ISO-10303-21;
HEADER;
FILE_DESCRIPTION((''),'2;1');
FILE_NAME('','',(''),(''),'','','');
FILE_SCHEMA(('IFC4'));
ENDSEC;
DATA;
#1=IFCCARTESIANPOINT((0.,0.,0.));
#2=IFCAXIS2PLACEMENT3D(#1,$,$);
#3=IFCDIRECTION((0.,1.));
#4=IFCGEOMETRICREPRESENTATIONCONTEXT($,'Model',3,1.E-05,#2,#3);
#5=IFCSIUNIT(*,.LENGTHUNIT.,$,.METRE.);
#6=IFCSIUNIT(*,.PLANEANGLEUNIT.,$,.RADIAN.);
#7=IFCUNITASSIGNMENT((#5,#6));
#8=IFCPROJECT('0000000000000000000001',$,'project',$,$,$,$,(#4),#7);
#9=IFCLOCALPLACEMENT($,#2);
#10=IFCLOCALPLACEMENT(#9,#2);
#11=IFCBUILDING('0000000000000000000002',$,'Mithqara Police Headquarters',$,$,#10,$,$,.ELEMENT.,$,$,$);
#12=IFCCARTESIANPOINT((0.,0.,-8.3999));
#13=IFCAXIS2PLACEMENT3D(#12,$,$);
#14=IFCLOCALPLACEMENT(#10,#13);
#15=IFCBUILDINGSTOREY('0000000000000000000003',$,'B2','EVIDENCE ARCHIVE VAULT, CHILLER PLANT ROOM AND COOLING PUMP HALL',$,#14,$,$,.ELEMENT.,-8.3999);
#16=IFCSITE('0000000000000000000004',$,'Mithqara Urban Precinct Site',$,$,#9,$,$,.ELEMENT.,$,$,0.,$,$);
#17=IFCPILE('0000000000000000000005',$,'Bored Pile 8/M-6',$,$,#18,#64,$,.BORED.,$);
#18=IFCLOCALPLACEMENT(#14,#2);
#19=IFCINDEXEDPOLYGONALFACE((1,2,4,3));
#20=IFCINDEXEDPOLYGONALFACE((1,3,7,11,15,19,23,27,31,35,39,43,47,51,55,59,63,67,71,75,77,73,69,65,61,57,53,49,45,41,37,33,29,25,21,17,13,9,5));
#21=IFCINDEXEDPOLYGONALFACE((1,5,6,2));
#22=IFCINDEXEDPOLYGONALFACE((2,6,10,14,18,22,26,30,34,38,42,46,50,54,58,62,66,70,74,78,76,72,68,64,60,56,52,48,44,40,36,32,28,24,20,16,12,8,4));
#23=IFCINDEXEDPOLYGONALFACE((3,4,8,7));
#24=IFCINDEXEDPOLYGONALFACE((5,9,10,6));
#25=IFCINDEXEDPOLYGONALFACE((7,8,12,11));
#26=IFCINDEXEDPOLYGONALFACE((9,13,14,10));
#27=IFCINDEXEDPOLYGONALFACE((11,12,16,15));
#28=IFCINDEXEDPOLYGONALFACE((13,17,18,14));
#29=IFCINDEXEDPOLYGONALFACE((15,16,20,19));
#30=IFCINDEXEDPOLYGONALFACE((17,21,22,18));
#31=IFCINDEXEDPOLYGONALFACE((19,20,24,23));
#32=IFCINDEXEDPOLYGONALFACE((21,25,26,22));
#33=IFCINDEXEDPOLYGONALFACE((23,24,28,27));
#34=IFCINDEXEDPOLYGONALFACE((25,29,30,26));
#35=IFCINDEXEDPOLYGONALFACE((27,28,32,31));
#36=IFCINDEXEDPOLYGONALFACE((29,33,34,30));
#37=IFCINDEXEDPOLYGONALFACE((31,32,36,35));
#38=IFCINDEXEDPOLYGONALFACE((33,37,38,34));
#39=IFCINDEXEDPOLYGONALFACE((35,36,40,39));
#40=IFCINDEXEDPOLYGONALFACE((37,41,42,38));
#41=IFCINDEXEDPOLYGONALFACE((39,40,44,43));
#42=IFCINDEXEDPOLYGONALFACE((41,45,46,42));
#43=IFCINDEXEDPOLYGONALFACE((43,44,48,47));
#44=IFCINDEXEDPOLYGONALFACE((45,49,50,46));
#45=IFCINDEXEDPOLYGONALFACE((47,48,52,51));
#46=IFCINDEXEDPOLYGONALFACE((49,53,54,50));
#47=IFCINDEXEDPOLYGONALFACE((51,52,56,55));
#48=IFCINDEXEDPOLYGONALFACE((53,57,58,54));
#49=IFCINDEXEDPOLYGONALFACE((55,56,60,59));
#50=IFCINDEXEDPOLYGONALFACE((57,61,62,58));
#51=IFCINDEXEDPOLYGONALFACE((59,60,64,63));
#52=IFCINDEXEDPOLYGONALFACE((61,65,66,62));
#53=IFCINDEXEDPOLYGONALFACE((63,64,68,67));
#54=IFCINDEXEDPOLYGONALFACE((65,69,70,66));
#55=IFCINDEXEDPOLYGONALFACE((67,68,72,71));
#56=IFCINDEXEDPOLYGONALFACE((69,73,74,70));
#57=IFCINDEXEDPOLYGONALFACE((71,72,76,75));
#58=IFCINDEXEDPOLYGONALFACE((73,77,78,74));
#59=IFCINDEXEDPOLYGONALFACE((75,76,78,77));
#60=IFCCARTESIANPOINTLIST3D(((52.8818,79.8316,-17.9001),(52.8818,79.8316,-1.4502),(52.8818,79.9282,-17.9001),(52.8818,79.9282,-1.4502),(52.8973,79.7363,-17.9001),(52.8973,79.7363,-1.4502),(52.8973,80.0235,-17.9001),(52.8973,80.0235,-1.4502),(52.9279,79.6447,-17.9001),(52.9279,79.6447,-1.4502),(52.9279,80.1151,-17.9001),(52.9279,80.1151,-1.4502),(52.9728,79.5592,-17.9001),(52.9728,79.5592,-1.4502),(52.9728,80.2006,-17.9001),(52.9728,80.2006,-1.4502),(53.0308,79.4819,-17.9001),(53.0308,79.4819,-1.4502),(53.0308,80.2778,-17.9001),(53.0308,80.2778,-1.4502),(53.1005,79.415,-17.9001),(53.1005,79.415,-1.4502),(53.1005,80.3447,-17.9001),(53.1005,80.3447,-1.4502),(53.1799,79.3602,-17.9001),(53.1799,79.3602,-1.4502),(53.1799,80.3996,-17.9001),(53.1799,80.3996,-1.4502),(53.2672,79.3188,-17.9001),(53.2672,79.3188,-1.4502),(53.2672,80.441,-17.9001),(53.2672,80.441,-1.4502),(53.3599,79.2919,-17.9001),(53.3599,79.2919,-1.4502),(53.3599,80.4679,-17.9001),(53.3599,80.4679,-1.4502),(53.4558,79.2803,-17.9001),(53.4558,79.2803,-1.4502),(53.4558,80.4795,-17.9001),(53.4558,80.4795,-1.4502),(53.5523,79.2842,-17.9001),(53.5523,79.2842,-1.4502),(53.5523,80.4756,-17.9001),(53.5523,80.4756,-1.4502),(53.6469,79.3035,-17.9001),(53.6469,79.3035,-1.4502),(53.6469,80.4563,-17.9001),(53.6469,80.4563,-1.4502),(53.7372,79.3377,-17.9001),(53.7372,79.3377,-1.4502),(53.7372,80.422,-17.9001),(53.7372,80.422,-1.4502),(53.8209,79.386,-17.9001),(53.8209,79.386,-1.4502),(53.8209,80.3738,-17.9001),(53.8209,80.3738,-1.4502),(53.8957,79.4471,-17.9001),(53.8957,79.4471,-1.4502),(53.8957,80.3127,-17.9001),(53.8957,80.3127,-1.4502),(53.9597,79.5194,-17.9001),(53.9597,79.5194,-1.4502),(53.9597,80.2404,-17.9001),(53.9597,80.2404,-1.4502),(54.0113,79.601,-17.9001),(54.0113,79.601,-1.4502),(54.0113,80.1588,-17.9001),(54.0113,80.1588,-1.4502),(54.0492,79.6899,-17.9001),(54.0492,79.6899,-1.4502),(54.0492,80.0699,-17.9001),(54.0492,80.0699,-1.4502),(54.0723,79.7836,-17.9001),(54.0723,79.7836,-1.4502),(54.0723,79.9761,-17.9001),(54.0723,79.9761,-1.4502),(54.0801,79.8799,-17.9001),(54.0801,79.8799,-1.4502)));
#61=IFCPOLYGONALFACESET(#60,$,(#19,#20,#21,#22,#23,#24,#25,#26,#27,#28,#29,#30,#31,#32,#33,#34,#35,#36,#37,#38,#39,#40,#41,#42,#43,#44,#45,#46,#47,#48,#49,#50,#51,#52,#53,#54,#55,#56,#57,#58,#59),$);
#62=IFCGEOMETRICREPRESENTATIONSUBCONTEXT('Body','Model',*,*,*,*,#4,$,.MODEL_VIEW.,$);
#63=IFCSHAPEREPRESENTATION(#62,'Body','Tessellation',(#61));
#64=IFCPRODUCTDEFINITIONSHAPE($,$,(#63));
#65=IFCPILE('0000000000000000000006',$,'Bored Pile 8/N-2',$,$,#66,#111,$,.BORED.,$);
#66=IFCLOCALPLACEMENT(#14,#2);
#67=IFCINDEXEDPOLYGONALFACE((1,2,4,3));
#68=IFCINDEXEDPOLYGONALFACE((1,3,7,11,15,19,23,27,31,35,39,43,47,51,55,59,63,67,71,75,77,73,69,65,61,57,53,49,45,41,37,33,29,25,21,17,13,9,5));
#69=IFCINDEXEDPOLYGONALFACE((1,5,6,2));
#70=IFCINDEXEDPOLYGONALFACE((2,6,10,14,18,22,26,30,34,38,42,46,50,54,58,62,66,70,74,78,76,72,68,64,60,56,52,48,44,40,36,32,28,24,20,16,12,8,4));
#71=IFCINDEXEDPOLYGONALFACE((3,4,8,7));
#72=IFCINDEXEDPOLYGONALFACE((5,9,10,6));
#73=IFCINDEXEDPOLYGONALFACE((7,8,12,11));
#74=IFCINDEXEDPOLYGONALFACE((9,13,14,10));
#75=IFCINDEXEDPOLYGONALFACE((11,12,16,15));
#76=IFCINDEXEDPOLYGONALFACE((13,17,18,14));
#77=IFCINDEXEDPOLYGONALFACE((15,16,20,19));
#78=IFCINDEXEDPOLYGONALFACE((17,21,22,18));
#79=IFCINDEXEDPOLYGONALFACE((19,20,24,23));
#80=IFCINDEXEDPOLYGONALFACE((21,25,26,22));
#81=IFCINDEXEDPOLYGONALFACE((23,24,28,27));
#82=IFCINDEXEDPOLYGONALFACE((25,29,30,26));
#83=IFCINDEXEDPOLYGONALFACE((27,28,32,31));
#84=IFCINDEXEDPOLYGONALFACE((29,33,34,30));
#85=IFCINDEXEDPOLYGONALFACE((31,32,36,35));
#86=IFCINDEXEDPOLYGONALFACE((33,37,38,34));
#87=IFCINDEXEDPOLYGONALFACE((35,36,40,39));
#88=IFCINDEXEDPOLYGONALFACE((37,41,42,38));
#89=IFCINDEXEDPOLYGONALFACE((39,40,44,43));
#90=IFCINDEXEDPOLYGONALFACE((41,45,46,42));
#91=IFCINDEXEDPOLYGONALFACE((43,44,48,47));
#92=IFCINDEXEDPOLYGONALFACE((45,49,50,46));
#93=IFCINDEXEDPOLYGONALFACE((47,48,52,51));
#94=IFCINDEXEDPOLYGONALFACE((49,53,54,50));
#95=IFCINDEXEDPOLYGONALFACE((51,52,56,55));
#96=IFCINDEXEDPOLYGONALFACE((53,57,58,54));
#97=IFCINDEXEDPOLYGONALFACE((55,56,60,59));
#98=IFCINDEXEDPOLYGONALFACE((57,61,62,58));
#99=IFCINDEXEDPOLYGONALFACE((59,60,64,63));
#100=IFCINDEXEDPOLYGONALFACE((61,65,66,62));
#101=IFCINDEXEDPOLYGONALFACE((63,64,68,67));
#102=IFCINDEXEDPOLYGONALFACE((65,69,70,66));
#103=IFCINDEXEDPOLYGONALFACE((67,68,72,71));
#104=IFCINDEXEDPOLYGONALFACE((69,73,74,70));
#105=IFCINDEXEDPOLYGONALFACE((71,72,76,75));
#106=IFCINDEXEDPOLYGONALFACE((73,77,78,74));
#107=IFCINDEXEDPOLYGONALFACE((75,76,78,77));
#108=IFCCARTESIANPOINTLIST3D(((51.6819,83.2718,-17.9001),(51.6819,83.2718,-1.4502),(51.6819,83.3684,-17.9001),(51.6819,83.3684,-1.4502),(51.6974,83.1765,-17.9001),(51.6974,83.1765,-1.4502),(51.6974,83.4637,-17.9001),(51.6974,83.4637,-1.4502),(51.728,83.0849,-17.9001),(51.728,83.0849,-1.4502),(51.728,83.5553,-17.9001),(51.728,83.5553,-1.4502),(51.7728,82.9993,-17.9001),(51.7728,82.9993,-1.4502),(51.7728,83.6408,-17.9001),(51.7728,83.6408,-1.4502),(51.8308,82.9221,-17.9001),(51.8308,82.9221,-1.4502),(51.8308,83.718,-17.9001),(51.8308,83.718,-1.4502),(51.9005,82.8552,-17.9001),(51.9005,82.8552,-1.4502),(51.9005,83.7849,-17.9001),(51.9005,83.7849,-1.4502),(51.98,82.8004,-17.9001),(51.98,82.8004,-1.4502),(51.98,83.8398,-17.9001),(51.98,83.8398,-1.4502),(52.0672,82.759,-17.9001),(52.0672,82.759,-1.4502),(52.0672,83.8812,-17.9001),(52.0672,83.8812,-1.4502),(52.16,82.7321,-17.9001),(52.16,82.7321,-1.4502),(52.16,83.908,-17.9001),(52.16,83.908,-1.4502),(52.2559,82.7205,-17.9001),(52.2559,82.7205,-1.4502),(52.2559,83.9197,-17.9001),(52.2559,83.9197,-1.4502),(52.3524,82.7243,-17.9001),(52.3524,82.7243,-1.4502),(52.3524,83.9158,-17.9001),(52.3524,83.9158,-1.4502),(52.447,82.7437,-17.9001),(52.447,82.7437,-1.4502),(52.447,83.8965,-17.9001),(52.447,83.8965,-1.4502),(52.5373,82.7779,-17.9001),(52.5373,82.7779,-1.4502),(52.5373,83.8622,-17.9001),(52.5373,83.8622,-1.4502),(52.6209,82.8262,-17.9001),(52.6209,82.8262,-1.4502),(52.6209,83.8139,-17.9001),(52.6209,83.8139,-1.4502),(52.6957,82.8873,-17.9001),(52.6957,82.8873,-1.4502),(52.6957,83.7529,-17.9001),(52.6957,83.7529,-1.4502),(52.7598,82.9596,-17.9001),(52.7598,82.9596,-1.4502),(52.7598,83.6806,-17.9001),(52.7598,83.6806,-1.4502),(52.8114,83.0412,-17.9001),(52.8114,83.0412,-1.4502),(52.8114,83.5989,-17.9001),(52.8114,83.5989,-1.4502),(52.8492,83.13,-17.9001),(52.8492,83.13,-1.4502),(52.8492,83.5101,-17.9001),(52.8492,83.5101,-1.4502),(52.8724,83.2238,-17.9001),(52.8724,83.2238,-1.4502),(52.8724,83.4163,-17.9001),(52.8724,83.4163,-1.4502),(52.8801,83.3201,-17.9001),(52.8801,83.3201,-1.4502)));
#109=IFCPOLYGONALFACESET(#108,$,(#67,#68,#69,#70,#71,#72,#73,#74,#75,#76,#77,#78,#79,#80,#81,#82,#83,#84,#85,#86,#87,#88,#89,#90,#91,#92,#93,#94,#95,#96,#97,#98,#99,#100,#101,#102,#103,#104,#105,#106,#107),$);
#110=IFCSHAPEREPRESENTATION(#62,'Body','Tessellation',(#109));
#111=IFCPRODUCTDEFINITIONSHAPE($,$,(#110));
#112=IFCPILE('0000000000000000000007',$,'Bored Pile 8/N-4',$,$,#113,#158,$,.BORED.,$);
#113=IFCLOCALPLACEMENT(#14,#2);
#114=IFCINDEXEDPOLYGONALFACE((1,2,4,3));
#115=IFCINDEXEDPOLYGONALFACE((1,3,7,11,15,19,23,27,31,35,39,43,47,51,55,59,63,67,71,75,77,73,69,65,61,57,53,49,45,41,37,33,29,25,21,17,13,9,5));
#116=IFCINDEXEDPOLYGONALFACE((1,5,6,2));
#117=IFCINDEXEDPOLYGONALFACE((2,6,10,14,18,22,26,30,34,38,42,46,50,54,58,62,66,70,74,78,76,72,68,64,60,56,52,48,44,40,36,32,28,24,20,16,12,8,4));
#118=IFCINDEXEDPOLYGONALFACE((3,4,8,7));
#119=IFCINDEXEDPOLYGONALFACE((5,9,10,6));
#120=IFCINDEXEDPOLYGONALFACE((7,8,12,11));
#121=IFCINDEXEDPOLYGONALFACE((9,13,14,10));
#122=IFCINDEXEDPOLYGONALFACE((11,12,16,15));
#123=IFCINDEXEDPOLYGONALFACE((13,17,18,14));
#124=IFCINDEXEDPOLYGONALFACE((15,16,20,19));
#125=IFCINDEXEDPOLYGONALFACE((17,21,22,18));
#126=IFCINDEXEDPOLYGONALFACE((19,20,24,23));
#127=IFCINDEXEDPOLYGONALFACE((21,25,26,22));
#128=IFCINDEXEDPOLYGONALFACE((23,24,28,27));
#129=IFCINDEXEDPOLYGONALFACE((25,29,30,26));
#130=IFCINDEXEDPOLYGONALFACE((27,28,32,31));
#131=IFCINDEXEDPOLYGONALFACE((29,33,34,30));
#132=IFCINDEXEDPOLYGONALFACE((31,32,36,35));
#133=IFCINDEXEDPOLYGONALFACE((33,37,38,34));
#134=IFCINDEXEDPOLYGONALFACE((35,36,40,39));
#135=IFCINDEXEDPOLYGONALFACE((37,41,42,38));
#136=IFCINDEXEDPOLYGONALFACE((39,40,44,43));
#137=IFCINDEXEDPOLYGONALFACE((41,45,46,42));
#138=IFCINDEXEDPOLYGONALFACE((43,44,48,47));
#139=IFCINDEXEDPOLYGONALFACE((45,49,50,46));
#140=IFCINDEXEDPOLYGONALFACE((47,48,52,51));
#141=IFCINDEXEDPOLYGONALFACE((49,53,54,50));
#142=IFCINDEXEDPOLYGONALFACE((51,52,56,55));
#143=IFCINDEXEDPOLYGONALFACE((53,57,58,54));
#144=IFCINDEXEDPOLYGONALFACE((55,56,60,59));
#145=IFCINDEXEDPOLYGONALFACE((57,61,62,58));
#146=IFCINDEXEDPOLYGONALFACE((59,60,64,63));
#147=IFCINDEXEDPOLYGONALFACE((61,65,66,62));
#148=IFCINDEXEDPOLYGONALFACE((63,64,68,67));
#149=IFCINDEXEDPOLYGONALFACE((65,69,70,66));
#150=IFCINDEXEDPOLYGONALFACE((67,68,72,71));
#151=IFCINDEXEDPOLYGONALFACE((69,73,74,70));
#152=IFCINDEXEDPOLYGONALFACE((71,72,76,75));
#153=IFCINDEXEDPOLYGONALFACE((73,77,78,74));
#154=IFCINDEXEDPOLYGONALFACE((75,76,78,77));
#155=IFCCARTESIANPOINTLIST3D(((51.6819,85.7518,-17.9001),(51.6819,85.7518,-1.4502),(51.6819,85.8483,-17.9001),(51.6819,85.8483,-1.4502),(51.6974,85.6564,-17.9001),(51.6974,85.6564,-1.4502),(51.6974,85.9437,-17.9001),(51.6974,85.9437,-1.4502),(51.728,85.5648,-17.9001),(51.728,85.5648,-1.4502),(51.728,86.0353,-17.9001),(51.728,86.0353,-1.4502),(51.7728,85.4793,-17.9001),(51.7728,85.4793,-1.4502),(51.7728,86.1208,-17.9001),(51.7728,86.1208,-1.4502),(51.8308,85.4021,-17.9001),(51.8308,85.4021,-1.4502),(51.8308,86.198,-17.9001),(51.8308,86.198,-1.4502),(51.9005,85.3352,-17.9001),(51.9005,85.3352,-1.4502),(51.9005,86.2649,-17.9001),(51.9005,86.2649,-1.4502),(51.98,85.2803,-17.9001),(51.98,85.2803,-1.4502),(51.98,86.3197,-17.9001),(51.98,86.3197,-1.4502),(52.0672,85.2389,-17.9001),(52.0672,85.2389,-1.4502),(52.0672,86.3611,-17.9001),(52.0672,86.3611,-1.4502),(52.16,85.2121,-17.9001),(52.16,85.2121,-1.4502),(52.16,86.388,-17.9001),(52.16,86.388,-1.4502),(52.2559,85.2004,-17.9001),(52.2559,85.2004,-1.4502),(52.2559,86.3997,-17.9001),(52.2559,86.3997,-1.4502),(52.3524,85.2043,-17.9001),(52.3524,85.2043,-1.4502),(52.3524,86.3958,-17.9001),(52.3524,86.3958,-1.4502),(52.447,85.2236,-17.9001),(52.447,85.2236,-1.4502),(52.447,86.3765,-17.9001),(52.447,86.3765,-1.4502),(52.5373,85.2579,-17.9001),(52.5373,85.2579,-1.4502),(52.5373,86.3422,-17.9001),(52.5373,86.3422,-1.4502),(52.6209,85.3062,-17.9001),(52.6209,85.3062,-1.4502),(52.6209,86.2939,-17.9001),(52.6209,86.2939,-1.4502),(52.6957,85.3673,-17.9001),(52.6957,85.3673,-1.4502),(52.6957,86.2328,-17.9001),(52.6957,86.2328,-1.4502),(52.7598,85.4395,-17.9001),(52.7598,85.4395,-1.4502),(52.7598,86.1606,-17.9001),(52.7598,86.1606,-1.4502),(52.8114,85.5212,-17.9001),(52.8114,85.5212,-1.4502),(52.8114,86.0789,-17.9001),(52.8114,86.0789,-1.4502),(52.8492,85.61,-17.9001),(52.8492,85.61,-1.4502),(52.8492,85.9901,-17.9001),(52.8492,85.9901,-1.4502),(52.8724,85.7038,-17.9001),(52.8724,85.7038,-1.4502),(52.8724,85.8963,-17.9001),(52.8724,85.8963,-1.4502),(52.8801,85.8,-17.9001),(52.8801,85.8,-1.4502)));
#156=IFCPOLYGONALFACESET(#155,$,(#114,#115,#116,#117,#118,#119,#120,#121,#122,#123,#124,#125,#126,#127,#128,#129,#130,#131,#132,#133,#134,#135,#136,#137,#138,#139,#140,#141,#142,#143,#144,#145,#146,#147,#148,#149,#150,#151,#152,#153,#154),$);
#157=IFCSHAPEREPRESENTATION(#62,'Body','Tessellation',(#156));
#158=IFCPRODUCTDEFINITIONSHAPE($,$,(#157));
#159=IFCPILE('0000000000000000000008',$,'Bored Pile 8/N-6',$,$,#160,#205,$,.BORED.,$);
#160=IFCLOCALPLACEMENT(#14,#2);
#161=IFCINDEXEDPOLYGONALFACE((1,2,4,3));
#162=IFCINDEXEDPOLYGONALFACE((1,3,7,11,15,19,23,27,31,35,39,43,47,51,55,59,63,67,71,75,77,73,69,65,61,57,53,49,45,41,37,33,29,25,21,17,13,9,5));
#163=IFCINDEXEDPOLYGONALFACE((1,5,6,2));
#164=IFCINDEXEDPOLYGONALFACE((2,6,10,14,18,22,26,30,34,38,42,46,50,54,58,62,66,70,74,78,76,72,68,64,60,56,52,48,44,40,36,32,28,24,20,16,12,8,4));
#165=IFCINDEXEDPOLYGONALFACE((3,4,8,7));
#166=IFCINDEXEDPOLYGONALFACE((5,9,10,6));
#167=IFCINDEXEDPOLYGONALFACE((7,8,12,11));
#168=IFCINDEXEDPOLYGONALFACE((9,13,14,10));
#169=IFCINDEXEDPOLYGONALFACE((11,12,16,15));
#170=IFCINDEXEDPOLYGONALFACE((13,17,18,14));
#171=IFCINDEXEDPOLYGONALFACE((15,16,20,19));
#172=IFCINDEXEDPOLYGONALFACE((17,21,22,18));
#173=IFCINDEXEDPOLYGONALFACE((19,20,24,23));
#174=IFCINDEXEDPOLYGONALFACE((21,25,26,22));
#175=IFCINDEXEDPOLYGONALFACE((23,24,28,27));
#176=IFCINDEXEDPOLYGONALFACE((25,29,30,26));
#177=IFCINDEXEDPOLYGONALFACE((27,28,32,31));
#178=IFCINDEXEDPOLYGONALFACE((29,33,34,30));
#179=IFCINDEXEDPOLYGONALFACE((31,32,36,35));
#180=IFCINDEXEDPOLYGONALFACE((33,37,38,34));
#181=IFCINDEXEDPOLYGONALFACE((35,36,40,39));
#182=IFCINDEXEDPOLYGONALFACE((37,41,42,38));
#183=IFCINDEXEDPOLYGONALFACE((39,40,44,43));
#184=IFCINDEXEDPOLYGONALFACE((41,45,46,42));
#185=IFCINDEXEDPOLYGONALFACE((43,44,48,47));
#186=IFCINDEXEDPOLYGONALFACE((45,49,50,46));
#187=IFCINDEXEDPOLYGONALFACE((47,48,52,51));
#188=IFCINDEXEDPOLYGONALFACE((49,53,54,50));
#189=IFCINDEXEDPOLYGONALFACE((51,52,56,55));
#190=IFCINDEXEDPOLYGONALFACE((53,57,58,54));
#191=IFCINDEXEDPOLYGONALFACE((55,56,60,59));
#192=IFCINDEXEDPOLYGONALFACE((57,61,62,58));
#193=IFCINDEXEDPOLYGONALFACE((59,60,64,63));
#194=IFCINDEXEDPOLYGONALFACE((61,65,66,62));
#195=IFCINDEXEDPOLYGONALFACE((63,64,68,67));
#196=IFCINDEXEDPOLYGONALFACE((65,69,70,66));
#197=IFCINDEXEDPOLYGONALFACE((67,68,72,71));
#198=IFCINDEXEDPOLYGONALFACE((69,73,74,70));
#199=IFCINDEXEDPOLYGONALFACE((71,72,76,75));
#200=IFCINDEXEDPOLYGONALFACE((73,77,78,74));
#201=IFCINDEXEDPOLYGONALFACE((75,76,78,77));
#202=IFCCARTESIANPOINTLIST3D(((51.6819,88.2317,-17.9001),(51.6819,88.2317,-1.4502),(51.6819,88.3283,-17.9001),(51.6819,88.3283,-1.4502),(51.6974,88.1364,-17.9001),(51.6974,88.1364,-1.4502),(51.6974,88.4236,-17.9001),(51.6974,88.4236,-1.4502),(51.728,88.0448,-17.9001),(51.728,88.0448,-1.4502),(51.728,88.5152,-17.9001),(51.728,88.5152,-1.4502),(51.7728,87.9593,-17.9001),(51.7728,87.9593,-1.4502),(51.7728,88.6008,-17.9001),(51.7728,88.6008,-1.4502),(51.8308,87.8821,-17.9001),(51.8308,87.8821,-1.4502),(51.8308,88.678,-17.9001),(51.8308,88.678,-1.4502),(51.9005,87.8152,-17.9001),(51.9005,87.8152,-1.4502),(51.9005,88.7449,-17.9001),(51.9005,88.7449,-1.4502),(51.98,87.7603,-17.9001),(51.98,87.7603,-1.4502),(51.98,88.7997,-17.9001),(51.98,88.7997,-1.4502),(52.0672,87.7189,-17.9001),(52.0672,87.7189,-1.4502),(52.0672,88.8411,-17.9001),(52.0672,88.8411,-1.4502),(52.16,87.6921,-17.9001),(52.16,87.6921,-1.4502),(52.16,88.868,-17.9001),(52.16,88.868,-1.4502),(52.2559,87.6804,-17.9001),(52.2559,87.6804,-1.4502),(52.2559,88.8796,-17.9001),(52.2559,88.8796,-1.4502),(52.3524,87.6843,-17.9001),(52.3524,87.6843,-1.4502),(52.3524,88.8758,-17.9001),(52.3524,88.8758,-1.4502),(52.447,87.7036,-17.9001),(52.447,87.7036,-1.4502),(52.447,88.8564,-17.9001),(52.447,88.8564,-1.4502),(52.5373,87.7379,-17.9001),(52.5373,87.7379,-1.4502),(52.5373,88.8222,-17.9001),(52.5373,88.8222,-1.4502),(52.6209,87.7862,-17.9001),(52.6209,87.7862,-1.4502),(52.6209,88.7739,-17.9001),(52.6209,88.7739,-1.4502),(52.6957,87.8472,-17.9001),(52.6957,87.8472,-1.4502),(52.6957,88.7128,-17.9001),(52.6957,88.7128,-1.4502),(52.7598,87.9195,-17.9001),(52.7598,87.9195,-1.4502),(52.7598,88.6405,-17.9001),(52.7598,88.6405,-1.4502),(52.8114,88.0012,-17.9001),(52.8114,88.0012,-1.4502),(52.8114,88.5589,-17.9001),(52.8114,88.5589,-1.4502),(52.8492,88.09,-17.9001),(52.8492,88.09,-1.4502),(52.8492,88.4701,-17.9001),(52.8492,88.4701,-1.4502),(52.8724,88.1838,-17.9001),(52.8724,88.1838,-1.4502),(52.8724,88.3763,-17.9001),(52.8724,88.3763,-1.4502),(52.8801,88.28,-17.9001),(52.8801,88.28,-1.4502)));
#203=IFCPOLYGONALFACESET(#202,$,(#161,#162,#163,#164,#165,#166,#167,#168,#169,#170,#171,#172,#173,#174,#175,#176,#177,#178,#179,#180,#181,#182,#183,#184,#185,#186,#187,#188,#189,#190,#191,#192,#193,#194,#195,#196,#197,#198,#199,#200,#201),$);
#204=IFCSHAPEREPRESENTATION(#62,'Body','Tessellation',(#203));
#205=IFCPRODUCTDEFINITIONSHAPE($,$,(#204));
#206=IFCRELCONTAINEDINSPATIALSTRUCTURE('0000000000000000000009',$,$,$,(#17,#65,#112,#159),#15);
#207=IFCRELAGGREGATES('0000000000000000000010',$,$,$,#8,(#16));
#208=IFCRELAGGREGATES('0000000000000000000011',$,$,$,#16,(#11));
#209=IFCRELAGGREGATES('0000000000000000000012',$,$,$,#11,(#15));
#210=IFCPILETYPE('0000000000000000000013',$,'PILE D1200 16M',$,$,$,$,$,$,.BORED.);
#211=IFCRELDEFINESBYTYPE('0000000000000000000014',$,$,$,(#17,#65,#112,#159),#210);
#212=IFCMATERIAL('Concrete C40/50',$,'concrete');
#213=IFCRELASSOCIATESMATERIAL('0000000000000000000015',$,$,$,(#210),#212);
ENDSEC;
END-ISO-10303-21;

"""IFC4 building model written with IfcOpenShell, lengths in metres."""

from ifc_helpers import new_model, si_unit, direction, frame, origin, origin_2d, place, context, subcontext, project, spatial, circle, extrude, material, material_profile, profile_set, type_object, element, save


model = new_model("IFC4")

# Units and contexts
model_context = context("Model", 3, precision=1e-05, world=origin(), true_north=direction((0.0, 1.0)))
body_context = subcontext(model_context, "Body", "Model", "MODEL_VIEW")
ifc_project = project(units=[si_unit("LENGTHUNIT", "METRE"), si_unit("PLANEANGLEUNIT", "RADIAN")], contexts=[model_context])

# Site, building, storey
site_placement = place(None, origin())
site = spatial("IfcSite", under=ifc_project, at=site_placement, Name="Mithqara Urban Precinct Site", CompositionType="ELEMENT", RefElevation=0.0)
building_placement = place(site_placement, origin())
building = spatial("IfcBuilding", under=site, at=building_placement, Name="Mithqara Police Headquarters", CompositionType="ELEMENT")
storey_placement = place(building_placement, frame((0.0, 0.0, -8.3999)))
storey = spatial("IfcBuildingStorey", under=building, at=storey_placement, Name="B2", Description="EVIDENCE ARCHIVE VAULT, CHILLER PLANT ROOM AND COOLING PUMP HALL", CompositionType="ELEMENT", Elevation=-8.3999)

# Shared definitions
ifc_material_1 = material(Name="Concrete C40/50", Category="concrete")

# Piles
ifc_material_profile_1 = material_profile(ifc_material_1, circle(Radius=0.6001, at=origin_2d()), Name="PILE D1200")
ifc_profile_set_1 = profile_set([ifc_material_profile_1], Name="Concrete C40/50")
pile_type_1 = type_object("IfcPileType", Name="PILE D1200 16M", PredefinedType="BORED", material=ifc_profile_set_1)
for number, where, z_axis, x_axis, name in (
    (1, (53.48, 79.8799, -1.4502), (0.0, 0.0, -1.0), (1.0, 0.0, 0.0), "Bored Pile 8/M-6"),
    (2, (52.28, 83.3201, -1.4502), (0.0, 0.0, -1.0), (1.0, 0.0, 0.0), "Bored Pile 8/N-2"),
    (3, (52.28, 85.8, -1.4502), (0.0, 0.0, -1.0), (1.0, 0.0, 0.0), "Bored Pile 8/N-4"),
    (4, (52.28, 88.28, -1.4502), (0.0, 0.0, -1.0), (1.0, 0.0, 0.0), "Bored Pile 8/N-6"),
):
    element("IfcPile", number, at=place(storey_placement, frame(where, z_axis=z_axis, x_axis=x_axis)), inside=storey, type_object=pile_type_1, Name=name, PredefinedType="BORED", context=body_context, shape_type="SweptSolid", body=[
        extrude(circle(Radius=0.6001, at=origin_2d()), origin(), (0.0, 0.0, 1.0), 16.45),
    ])

save(model, "model.ifc")
